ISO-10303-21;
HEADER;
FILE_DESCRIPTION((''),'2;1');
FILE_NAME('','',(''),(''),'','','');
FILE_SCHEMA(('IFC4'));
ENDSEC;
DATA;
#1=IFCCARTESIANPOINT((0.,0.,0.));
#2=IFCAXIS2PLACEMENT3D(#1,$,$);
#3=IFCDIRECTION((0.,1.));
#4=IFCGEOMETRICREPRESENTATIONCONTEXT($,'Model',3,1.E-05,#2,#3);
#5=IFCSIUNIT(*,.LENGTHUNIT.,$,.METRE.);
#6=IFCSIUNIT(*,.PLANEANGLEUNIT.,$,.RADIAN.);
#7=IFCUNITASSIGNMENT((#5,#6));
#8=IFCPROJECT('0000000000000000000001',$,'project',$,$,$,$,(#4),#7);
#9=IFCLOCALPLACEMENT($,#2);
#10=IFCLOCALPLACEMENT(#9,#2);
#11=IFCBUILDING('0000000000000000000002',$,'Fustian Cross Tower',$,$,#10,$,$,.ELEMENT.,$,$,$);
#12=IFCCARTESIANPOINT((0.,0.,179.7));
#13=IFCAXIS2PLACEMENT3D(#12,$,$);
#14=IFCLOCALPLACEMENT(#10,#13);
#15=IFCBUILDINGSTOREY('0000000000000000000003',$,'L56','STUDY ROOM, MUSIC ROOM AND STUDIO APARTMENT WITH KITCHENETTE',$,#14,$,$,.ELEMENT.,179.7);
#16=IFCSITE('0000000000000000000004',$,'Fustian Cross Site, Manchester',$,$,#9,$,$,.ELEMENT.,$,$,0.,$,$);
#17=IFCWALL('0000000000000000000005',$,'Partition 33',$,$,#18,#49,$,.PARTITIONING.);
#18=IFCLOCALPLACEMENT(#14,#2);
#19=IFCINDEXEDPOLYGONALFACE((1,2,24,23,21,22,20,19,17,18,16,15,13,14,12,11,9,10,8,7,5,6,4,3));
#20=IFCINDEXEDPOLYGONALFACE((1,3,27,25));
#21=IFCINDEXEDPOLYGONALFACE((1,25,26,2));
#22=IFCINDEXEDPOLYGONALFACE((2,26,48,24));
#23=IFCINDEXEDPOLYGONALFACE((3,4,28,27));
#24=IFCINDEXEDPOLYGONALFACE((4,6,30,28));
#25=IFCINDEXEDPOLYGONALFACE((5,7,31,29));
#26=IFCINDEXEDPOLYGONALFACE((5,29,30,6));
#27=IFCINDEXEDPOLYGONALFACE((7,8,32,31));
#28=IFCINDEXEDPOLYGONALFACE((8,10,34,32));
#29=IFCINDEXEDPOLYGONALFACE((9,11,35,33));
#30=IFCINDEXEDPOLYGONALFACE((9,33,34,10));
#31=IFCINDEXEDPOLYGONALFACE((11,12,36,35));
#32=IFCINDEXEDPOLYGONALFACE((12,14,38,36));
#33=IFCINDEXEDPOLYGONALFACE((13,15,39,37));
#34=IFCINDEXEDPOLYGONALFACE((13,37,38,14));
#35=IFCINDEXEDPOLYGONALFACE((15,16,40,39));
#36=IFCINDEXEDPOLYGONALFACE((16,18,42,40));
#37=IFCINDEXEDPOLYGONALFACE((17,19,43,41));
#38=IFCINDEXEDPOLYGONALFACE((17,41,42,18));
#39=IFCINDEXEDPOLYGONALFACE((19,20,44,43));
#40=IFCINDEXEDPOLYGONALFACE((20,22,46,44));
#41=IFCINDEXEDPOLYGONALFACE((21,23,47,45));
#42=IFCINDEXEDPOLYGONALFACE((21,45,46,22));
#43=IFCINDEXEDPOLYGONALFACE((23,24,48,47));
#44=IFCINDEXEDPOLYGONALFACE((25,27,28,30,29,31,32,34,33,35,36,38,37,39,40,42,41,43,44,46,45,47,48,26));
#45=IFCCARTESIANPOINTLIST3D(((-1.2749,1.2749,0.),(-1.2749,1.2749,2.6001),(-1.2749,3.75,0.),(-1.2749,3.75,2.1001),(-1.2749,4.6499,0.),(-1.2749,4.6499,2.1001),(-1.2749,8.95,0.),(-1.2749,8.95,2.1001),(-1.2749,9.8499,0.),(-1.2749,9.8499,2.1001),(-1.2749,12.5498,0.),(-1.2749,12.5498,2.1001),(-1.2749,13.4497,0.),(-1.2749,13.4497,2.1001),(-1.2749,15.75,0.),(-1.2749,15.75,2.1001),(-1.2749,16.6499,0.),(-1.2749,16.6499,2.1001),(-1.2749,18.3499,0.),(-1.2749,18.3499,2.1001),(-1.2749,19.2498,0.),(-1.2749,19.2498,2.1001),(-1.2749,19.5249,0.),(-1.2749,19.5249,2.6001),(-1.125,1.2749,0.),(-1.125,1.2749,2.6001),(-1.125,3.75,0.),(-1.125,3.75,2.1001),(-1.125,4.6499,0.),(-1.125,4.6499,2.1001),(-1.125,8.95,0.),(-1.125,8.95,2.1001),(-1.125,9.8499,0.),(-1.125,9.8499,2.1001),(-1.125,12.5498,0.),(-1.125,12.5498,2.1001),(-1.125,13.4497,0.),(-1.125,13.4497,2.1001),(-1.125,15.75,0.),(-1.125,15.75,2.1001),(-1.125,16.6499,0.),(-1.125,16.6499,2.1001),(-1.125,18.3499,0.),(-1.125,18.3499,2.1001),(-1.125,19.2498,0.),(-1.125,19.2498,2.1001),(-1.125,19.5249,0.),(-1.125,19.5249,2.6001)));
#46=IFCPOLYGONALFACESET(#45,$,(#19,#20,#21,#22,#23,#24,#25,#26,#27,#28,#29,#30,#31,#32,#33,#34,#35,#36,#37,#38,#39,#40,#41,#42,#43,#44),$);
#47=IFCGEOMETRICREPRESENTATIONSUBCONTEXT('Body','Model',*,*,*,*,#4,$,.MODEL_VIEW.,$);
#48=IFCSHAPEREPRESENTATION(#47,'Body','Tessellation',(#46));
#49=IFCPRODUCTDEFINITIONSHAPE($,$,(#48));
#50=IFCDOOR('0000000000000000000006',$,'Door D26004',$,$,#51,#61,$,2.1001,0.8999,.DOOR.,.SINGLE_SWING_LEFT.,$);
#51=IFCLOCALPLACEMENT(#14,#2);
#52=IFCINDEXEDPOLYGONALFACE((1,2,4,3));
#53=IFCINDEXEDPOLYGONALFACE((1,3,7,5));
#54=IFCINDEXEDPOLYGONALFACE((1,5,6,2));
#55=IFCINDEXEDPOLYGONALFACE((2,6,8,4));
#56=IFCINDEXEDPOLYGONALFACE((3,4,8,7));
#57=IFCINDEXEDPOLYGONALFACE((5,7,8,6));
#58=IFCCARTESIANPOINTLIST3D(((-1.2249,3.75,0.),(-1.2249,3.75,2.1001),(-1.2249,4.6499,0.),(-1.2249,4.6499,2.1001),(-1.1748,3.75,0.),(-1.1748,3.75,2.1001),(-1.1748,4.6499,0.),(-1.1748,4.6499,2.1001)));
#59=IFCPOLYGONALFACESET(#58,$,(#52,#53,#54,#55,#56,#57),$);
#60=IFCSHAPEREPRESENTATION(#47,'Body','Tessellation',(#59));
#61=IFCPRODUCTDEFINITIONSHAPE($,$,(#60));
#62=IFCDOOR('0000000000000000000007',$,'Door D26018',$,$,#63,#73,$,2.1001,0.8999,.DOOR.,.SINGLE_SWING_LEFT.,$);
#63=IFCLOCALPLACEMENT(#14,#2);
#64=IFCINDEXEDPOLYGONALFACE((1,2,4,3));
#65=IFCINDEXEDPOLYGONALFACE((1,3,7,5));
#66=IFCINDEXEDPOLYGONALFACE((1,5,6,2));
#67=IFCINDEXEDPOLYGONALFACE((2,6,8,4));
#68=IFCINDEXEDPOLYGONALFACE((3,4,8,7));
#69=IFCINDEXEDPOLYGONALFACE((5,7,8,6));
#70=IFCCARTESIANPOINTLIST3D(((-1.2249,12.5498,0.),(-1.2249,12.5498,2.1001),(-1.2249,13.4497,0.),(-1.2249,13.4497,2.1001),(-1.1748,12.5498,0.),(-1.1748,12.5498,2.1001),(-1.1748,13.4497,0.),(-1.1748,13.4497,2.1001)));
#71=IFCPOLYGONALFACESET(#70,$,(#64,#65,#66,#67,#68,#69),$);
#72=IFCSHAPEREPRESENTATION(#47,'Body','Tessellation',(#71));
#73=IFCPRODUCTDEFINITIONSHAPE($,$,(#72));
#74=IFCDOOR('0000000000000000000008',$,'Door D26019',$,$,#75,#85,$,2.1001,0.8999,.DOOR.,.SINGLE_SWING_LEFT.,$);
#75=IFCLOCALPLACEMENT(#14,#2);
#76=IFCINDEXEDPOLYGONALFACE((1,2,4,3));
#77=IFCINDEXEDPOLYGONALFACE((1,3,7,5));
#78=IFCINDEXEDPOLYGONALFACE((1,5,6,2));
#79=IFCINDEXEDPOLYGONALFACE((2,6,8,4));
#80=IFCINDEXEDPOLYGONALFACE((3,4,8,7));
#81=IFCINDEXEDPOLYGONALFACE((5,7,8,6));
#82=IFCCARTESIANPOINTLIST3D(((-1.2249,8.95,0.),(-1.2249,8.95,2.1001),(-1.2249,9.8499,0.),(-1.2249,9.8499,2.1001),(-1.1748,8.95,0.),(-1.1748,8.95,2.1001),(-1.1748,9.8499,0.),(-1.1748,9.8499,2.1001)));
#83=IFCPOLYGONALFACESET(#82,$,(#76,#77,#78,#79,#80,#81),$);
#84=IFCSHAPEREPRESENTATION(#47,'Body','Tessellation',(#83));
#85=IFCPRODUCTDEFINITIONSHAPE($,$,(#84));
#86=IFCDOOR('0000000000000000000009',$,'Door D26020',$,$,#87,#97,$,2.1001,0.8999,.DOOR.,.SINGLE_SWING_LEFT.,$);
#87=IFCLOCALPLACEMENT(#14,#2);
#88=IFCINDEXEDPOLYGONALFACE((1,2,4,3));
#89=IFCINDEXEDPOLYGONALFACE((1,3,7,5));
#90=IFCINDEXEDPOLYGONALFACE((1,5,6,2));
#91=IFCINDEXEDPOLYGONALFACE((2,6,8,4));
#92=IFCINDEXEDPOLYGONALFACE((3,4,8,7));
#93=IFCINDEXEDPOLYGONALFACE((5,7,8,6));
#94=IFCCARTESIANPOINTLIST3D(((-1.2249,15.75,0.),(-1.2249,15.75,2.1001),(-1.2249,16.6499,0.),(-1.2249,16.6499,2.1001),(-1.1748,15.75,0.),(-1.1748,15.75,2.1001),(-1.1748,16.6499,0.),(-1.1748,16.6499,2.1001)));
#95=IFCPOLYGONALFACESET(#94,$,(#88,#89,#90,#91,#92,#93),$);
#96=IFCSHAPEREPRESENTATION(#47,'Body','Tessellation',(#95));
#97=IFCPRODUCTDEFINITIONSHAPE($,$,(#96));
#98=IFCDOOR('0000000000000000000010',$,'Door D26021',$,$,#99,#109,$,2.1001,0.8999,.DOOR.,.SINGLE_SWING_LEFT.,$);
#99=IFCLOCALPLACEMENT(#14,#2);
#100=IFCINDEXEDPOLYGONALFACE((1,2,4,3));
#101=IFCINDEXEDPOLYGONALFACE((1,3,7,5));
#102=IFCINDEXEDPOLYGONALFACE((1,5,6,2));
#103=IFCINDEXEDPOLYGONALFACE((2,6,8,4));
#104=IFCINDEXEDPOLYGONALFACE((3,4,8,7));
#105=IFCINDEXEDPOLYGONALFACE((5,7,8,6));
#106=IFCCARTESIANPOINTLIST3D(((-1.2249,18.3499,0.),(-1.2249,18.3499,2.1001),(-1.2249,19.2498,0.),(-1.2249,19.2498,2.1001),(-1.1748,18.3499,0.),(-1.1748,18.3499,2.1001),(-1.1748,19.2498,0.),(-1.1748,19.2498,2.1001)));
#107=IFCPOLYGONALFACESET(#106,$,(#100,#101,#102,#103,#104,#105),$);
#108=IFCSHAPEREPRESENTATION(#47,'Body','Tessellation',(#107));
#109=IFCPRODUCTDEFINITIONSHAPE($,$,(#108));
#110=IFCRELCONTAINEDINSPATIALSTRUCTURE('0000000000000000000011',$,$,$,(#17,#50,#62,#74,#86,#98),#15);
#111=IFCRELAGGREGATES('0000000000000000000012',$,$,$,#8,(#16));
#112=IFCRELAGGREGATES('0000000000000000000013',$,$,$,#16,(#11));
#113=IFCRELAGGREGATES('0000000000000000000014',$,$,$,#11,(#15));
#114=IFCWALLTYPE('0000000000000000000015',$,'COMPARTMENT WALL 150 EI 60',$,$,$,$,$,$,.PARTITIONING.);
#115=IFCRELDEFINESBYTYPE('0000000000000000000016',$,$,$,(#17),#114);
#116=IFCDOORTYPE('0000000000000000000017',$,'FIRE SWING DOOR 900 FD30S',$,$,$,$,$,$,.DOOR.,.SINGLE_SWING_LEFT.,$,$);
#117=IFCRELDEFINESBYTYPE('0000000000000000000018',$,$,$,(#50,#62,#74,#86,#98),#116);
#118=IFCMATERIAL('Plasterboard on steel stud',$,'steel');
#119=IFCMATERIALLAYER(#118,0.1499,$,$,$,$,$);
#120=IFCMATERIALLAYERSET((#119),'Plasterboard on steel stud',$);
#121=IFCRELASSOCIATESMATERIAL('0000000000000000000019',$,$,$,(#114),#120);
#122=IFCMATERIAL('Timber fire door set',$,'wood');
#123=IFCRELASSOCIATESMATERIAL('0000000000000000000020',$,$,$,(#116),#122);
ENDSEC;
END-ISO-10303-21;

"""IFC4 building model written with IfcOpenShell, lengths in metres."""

from ifc_helpers import new_model, si_unit, direction, frame, frame_2d, origin, place, context, subcontext, project, spatial, rectangle, extrude, material, layer, layer_set, type_object, element, fill, save


model = new_model("IFC4")

# Units and contexts
model_context = context("Model", 3, precision=1e-05, world=origin(), true_north=direction((0.0, 1.0)))
body_context = subcontext(model_context, "Body", "Model", "MODEL_VIEW")
ifc_project = project(units=[si_unit("LENGTHUNIT", "METRE"), si_unit("PLANEANGLEUNIT", "RADIAN")], contexts=[model_context])

# Site, building, storey
site_placement = place(None, origin())
site = spatial("IfcSite", under=ifc_project, at=site_placement, Name="Fustian Cross Site, Manchester", CompositionType="ELEMENT", RefElevation=0.0)
building_placement = place(site_placement, origin())
building = spatial("IfcBuilding", under=site, at=building_placement, Name="Fustian Cross Tower", CompositionType="ELEMENT")
storey_placement = place(building_placement, frame((0.0, 0.0, 179.7)))
storey = spatial("IfcBuildingStorey", under=building, at=storey_placement, Name="L56", Description="STUDY ROOM, MUSIC ROOM AND STUDIO APARTMENT WITH KITCHENETTE", CompositionType="ELEMENT", Elevation=179.7)

# Wall, openings, doors
ifc_material_1 = material(Name="Plasterboard on steel stud", Category="steel")
ifc_layer_1 = layer(ifc_material_1, 0.1499)
ifc_layer_set_1 = layer_set([ifc_layer_1], Name="Plasterboard on steel stud")
wall_type_1 = type_object("IfcWallType", Name="COMPARTMENT WALL 150 EI 60", PredefinedType="PARTITIONING", material=ifc_layer_set_1)
wall_1_placement = place(storey_placement, frame((-1.2, 1.2749, 0.0), z_axis=(0.0, 0.0, 1.0), x_axis=(0.0, 1.0, 0.0)))
wall_1 = element("IfcWall", 1, at=wall_1_placement, inside=storey, type_object=wall_type_1, Name="Partition 33", PredefinedType="PARTITIONING", context=body_context, shape_type="SweptSolid", body=[
    extrude(rectangle(XDim=18.25, YDim=0.1499, at=frame_2d((9.125, 0.0))), origin(), (0.0, 0.0, 1.0), 2.6001),
])
opening_1_placement = place(wall_1_placement, frame((2.4751, 0.0, 0.0)))
opening_1 = element("IfcOpeningElement", 2, at=opening_1_placement, cuts=wall_1, PredefinedType="OPENING", context=body_context, shape_type="SweptSolid", body=[
    extrude(rectangle(XDim=0.8999, YDim=2.1001, at=frame_2d((0.45, 1.05))), frame((0.0, 0.085, 0.0), z_axis=(0.0, -1.0, 0.0), x_axis=(1.0, 0.0, 0.0)), (0.0, 0.0, 1.0), 0.1699),
])
opening_2_placement = place(wall_1_placement, frame((11.2749, 0.0, 0.0)))
opening_2 = element("IfcOpeningElement", 3, at=opening_2_placement, cuts=wall_1, PredefinedType="OPENING", context=body_context, shape_type="SweptSolid", body=[
    extrude(rectangle(XDim=0.8999, YDim=2.1001, at=frame_2d((0.45, 1.05))), frame((0.0, 0.085, 0.0), z_axis=(0.0, -1.0, 0.0), x_axis=(1.0, 0.0, 0.0)), (0.0, 0.0, 1.0), 0.1699),
])
opening_3_placement = place(wall_1_placement, frame((7.675, 0.0, 0.0)))
opening_3 = element("IfcOpeningElement", 4, at=opening_3_placement, cuts=wall_1, PredefinedType="OPENING", context=body_context, shape_type="SweptSolid", body=[
    extrude(rectangle(XDim=0.8999, YDim=2.1001, at=frame_2d((0.45, 1.05))), frame((0.0, 0.085, 0.0), z_axis=(0.0, -1.0, 0.0), x_axis=(1.0, 0.0, 0.0)), (0.0, 0.0, 1.0), 0.1699),
])
opening_4_placement = place(wall_1_placement, frame((14.4751, 0.0, 0.0)))
opening_4 = element("IfcOpeningElement", 5, at=opening_4_placement, cuts=wall_1, PredefinedType="OPENING", context=body_context, shape_type="SweptSolid", body=[
    extrude(rectangle(XDim=0.8999, YDim=2.1001, at=frame_2d((0.45, 1.05))), frame((0.0, 0.085, 0.0), z_axis=(0.0, -1.0, 0.0), x_axis=(1.0, 0.0, 0.0)), (0.0, 0.0, 1.0), 0.1699),
])
opening_5_placement = place(wall_1_placement, frame((17.075, 0.0, 0.0)))
opening_5 = element("IfcOpeningElement", 6, at=opening_5_placement, cuts=wall_1, PredefinedType="OPENING", context=body_context, shape_type="SweptSolid", body=[
    extrude(rectangle(XDim=0.8999, YDim=2.1001, at=frame_2d((0.45, 1.05))), frame((0.0, 0.085, 0.0), z_axis=(0.0, -1.0, 0.0), x_axis=(1.0, 0.0, 0.0)), (0.0, 0.0, 1.0), 0.1699),
])
ifc_material_2 = material(Name="Timber fire door set", Category="wood")
door_type_1 = type_object("IfcDoorType", Name="FIRE SWING DOOR 900 FD30S", OperationType="SINGLE_SWING_LEFT", PredefinedType="DOOR", material=ifc_material_2)
door_1_placement = place(opening_1_placement, origin())
door_1 = element("IfcDoor", 7, at=door_1_placement, inside=storey, type_object=door_type_1, Name="Door D26004", OperationType="SINGLE_SWING_LEFT", OverallHeight=2.1001, OverallWidth=0.8999, PredefinedType="DOOR", context=body_context, shape_type="SweptSolid", body=[
    extrude(rectangle(XDim=0.8999, YDim=2.1001, at=frame_2d((0.45, 1.05))), frame((0.0, 0.0249, 0.0), z_axis=(0.0, -1.0, 0.0), x_axis=(1.0, 0.0, 0.0)), (0.0, 0.0, 1.0), 0.05),
])
fill(opening_1, door_1)
door_2_placement = place(opening_2_placement, origin())
door_2 = element("IfcDoor", 8, at=door_2_placement, inside=storey, type_object=door_type_1, Name="Door D26018", OperationType="SINGLE_SWING_LEFT", OverallHeight=2.1001, OverallWidth=0.8999, PredefinedType="DOOR", context=body_context, shape_type="SweptSolid", body=[
    extrude(rectangle(XDim=0.8999, YDim=2.1001, at=frame_2d((0.45, 1.05))), frame((0.0, 0.0249, 0.0), z_axis=(0.0, -1.0, 0.0), x_axis=(1.0, 0.0, 0.0)), (0.0, 0.0, 1.0), 0.05),
])
fill(opening_2, door_2)
door_3_placement = place(opening_3_placement, origin())
door_3 = element("IfcDoor", 9, at=door_3_placement, inside=storey, type_object=door_type_1, Name="Door D26019", OperationType="SINGLE_SWING_LEFT", OverallHeight=2.1001, OverallWidth=0.8999, PredefinedType="DOOR", context=body_context, shape_type="SweptSolid", body=[
    extrude(rectangle(XDim=0.8999, YDim=2.1001, at=frame_2d((0.45, 1.05))), frame((0.0, 0.0249, 0.0), z_axis=(0.0, -1.0, 0.0), x_axis=(1.0, 0.0, 0.0)), (0.0, 0.0, 1.0), 0.05),
])
fill(opening_3, door_3)
door_4_placement = place(opening_4_placement, origin())
door_4 = element("IfcDoor", 10, at=door_4_placement, inside=storey, type_object=door_type_1, Name="Door D26020", OperationType="SINGLE_SWING_LEFT", OverallHeight=2.1001, OverallWidth=0.8999, PredefinedType="DOOR", context=body_context, shape_type="SweptSolid", body=[
    extrude(rectangle(XDim=0.8999, YDim=2.1001, at=frame_2d((0.45, 1.05))), frame((0.0, 0.0249, 0.0), z_axis=(0.0, -1.0, 0.0), x_axis=(1.0, 0.0, 0.0)), (0.0, 0.0, 1.0), 0.05),
])
fill(opening_4, door_4)
door_5_placement = place(opening_5_placement, origin())
door_5 = element("IfcDoor", 11, at=door_5_placement, inside=storey, type_object=door_type_1, Name="Door D26021", OperationType="SINGLE_SWING_LEFT", OverallHeight=2.1001, OverallWidth=0.8999, PredefinedType="DOOR", context=body_context, shape_type="SweptSolid", body=[
    extrude(rectangle(XDim=0.8999, YDim=2.1001, at=frame_2d((0.45, 1.05))), frame((0.0, 0.0249, 0.0), z_axis=(0.0, -1.0, 0.0), x_axis=(1.0, 0.0, 0.0)), (0.0, 0.0, 1.0), 0.05),
])
fill(opening_5, door_5)

save(model, "model.ifc")
